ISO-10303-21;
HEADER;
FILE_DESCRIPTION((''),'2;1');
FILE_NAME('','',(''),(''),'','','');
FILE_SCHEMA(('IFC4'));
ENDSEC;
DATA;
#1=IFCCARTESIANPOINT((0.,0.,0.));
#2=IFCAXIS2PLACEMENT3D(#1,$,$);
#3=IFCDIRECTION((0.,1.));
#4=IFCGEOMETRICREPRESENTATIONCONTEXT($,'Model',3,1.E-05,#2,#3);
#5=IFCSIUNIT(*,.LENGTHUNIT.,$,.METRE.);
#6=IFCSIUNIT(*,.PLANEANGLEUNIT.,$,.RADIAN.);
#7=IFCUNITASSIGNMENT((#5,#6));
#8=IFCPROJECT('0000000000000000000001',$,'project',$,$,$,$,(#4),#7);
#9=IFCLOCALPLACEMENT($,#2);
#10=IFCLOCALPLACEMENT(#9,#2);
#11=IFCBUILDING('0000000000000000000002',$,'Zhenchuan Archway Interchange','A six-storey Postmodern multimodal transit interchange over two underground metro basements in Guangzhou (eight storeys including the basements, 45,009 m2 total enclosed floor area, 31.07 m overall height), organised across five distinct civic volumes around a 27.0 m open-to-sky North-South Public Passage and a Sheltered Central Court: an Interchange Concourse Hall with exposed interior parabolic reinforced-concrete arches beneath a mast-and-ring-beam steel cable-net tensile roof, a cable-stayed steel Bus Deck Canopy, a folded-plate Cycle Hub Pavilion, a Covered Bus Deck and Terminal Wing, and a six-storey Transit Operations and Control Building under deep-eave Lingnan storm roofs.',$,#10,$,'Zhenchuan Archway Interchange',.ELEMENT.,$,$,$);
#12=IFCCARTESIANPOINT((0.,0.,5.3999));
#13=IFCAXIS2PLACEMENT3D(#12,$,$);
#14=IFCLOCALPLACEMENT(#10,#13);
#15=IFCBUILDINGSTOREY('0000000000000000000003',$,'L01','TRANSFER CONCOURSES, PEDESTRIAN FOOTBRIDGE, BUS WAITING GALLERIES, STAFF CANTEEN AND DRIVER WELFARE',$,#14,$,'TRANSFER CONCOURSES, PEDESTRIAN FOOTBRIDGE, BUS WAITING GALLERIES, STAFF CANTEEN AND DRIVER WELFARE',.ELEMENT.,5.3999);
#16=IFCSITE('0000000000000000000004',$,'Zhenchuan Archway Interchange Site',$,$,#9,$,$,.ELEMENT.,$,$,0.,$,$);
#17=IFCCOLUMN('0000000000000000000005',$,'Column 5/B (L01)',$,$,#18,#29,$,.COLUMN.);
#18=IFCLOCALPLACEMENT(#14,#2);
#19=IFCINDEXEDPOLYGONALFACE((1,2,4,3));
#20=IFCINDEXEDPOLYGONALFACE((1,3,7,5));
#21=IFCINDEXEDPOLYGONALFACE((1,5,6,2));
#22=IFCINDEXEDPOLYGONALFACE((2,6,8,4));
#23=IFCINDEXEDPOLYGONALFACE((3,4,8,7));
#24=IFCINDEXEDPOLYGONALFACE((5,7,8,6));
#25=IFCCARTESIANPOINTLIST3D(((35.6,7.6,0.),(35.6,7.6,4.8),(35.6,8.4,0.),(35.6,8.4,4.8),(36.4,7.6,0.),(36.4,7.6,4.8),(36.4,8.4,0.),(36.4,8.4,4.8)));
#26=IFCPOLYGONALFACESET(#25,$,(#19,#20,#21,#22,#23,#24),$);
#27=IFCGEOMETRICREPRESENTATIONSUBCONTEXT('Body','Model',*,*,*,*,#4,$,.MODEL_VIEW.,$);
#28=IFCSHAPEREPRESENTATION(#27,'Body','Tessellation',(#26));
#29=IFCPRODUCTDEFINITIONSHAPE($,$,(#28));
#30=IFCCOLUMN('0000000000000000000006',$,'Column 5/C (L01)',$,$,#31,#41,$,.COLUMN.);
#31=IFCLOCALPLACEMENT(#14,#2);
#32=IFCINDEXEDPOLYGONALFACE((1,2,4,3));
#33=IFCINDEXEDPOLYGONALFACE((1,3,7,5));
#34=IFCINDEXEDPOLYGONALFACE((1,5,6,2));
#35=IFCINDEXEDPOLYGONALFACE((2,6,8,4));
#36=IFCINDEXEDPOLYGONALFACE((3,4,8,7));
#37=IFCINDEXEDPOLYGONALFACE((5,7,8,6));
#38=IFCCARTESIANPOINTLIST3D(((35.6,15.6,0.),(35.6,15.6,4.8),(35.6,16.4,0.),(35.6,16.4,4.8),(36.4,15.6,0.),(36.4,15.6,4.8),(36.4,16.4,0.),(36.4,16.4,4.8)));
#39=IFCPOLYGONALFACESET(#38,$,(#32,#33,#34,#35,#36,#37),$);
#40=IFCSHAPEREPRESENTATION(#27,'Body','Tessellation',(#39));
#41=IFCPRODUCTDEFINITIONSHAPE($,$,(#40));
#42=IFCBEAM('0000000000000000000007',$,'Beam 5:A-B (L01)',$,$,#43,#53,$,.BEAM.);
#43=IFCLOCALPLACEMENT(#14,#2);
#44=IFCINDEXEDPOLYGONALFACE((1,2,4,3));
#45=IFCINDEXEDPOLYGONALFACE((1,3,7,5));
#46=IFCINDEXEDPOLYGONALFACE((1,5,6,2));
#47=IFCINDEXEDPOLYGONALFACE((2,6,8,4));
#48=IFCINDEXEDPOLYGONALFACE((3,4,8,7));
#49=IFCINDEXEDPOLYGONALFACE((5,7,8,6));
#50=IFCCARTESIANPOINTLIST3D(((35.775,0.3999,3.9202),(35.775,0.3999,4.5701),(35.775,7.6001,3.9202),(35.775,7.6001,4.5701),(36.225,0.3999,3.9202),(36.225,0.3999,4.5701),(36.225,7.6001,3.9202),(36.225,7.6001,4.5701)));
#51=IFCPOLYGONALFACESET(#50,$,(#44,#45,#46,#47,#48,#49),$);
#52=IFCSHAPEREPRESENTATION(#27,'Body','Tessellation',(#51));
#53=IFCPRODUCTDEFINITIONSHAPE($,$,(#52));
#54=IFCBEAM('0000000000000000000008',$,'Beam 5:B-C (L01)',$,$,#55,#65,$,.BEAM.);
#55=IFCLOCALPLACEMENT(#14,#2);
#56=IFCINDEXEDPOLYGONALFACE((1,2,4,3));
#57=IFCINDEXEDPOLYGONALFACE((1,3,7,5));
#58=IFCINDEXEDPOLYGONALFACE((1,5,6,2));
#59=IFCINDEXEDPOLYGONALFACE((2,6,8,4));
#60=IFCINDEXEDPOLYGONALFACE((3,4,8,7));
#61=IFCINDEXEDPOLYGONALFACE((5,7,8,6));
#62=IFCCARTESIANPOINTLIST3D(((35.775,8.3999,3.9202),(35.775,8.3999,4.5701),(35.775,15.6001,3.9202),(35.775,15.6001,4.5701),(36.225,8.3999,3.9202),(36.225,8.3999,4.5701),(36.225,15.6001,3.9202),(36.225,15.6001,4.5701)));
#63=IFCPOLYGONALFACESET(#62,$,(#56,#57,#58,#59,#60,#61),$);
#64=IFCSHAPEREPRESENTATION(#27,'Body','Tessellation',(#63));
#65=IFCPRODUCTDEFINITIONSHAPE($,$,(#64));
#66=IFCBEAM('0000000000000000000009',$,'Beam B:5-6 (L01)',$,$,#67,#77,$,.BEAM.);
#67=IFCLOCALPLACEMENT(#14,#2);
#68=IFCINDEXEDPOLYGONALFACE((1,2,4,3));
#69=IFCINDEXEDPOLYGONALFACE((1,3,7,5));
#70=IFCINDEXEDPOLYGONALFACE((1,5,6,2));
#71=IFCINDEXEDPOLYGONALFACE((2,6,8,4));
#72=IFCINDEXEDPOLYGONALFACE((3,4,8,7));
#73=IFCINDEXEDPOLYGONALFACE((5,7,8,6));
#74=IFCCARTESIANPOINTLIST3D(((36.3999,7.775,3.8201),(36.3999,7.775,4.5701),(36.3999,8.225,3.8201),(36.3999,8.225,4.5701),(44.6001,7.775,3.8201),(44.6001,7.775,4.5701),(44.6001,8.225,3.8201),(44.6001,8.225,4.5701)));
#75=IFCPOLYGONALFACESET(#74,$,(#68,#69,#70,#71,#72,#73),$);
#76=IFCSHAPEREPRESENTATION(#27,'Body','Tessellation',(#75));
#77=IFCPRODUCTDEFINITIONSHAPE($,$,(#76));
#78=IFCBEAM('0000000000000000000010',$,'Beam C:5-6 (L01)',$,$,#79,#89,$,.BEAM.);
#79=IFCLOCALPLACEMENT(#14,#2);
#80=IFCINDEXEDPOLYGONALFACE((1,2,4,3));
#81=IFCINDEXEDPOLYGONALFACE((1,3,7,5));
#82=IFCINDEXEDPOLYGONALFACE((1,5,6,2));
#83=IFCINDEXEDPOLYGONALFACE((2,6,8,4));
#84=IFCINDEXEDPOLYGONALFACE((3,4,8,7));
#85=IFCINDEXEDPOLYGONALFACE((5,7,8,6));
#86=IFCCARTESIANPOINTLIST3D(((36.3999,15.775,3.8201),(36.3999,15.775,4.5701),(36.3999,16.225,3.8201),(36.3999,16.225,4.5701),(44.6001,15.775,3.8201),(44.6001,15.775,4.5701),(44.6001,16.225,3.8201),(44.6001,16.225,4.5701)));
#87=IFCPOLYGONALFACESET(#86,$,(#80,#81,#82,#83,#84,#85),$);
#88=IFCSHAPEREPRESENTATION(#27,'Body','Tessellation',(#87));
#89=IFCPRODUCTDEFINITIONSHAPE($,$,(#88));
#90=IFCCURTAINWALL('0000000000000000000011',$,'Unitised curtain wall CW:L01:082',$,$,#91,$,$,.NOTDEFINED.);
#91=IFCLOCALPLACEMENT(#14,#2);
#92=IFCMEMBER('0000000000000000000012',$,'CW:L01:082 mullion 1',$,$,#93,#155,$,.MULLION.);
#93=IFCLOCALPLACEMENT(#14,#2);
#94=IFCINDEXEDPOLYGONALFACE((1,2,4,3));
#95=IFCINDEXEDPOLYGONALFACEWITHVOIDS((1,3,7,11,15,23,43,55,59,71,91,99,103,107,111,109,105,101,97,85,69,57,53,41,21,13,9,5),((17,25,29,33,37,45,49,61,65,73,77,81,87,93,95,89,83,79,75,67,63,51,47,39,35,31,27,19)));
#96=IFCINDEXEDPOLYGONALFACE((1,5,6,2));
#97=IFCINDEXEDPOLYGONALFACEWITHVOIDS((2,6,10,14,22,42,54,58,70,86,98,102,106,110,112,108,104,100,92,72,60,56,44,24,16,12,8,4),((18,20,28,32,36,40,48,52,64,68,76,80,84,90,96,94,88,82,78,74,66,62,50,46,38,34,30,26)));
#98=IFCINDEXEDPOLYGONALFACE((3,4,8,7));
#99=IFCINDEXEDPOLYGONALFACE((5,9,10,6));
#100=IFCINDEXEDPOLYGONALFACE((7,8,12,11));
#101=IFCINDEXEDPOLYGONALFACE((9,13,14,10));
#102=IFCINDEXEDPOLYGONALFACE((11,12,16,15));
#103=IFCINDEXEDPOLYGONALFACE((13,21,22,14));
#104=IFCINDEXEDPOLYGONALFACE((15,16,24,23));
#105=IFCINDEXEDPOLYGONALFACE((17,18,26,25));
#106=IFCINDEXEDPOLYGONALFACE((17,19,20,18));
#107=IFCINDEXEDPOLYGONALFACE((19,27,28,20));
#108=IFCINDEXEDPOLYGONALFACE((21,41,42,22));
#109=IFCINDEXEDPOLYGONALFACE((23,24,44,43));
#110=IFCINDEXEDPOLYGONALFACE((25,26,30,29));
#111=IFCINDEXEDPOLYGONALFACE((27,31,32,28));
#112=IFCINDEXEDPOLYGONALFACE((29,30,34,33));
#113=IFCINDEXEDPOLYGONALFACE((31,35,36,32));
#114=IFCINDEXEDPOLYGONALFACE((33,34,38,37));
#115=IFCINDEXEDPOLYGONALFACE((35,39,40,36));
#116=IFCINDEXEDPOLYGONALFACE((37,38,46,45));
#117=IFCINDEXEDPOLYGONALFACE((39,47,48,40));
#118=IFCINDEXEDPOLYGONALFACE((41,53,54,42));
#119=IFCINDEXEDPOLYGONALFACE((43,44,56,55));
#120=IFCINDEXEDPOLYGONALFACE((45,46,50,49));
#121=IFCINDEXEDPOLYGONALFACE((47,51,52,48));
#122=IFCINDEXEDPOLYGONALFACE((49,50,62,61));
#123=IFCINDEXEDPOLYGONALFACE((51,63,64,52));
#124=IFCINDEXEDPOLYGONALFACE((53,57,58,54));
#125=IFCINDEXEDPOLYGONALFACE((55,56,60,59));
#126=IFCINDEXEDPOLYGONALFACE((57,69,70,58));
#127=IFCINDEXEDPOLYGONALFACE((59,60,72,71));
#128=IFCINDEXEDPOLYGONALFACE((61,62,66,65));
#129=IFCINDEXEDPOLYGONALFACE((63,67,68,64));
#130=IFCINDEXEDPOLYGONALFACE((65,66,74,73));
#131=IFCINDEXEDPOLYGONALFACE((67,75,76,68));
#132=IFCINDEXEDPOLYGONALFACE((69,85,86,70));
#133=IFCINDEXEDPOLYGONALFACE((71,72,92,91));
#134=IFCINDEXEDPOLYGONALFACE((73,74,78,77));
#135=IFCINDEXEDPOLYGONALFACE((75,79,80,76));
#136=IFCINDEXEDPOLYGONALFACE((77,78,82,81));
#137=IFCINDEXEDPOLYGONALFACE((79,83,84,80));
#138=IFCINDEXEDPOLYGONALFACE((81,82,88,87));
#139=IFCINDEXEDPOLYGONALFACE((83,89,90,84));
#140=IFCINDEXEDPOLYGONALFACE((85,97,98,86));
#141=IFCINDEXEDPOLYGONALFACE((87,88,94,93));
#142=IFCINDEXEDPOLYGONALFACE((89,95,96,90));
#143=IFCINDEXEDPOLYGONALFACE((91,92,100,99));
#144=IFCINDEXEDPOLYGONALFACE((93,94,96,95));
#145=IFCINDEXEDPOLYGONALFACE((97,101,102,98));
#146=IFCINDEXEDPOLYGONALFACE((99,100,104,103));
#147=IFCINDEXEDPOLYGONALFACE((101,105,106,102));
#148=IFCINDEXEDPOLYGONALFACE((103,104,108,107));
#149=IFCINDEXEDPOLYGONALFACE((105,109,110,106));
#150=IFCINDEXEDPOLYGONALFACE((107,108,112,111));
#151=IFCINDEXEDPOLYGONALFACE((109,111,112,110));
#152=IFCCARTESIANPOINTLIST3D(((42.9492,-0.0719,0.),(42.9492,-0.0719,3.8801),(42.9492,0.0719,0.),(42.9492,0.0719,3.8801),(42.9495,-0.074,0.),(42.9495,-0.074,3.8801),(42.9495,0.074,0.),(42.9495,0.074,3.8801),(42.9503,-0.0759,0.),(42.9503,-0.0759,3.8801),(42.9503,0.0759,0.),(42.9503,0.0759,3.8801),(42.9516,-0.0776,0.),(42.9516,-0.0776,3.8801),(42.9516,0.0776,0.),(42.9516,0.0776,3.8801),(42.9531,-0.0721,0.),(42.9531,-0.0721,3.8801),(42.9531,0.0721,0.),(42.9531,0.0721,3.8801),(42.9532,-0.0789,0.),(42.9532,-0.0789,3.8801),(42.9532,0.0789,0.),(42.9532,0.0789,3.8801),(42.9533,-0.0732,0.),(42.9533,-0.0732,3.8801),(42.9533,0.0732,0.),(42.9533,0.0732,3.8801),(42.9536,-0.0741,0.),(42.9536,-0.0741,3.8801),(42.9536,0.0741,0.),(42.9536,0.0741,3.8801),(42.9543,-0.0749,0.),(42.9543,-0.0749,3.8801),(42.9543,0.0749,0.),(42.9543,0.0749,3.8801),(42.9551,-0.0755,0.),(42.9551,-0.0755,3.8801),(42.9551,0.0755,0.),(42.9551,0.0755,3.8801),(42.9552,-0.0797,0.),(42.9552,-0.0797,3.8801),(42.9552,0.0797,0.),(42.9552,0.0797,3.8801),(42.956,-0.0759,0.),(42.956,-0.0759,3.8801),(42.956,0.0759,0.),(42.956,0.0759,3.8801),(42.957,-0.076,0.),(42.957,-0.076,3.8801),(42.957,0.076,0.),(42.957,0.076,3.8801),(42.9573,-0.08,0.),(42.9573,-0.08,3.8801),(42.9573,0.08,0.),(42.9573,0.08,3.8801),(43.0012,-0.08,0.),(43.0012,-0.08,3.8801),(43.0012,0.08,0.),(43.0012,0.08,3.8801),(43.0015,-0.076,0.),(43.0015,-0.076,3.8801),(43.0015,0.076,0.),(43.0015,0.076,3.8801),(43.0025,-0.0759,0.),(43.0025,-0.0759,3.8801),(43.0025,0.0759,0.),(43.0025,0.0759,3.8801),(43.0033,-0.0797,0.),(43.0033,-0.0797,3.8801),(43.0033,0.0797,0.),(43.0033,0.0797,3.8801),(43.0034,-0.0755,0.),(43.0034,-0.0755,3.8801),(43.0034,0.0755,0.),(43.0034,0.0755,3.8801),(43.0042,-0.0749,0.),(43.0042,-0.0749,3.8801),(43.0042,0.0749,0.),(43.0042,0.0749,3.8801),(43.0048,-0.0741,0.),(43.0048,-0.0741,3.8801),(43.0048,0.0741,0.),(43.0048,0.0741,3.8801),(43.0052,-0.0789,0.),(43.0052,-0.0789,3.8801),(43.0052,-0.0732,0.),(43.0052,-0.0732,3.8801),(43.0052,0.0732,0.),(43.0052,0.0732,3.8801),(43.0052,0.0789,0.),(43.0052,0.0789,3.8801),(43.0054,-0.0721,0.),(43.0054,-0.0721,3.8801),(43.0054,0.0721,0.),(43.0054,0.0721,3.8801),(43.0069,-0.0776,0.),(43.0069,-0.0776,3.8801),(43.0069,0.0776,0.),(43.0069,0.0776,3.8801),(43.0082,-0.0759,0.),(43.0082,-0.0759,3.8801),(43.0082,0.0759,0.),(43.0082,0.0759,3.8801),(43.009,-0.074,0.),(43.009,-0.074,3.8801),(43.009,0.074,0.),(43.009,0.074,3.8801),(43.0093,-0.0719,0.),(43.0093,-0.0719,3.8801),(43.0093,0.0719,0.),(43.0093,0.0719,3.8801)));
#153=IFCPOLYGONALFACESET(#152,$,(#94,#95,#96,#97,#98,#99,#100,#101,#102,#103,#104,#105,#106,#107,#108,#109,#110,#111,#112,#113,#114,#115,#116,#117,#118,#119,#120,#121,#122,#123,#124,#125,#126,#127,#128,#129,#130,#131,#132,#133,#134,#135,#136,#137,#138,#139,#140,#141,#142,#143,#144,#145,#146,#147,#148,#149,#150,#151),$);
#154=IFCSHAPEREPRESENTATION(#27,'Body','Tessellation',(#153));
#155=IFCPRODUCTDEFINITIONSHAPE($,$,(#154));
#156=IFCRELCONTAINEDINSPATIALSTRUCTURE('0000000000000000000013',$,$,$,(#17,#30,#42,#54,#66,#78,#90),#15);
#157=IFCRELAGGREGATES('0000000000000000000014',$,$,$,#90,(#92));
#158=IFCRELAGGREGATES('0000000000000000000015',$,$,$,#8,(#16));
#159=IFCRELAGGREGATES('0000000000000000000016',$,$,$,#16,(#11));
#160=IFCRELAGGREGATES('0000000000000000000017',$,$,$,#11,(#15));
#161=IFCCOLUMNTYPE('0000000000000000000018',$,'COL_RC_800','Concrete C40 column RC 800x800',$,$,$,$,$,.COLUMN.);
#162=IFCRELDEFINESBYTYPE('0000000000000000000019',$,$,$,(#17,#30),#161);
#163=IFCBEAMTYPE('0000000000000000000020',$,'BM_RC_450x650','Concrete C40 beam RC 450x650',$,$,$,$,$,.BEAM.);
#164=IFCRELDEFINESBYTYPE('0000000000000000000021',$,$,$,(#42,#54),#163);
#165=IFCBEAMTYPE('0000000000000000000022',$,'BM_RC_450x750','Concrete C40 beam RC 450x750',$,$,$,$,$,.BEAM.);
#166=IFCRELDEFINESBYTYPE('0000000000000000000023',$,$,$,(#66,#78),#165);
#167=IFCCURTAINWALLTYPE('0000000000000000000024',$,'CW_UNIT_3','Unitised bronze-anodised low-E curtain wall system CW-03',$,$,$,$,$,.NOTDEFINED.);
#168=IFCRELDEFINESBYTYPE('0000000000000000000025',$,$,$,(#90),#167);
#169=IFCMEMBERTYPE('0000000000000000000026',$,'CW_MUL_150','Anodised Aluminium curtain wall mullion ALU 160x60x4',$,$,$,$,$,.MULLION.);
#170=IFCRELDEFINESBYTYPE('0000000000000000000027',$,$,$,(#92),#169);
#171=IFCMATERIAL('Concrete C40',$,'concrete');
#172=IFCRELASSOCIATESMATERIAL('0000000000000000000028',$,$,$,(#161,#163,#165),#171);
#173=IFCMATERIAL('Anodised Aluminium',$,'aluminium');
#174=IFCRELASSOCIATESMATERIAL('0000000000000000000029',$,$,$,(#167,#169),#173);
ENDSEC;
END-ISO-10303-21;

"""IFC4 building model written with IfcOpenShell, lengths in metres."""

from ifc_helpers import new_model, si_unit, direction, frame, origin, origin_2d, place, context, subcontext, project, spatial, rectangle, hollow_rectangle, extrude, material, material_profile, profile_set, type_object, element, aggregate, save


model = new_model("IFC4")

# Units and contexts
model_context = context("Model", 3, precision=1e-05, world=origin(), true_north=direction((0.0, 1.0)))
body_context = subcontext(model_context, "Body", "Model", "MODEL_VIEW")
ifc_project = project(units=[si_unit("LENGTHUNIT", "METRE"), si_unit("PLANEANGLEUNIT", "RADIAN")], contexts=[model_context])

# Site, building, storey
site_placement = place(None, origin())
site = spatial("IfcSite", under=ifc_project, at=site_placement, Name="Zhenchuan Archway Interchange Site", CompositionType="ELEMENT", RefElevation=0.0)
building_placement = place(site_placement, origin())
building = spatial("IfcBuilding", under=site, at=building_placement, Name="Zhenchuan Archway Interchange", Description="A six-storey Postmodern multimodal transit interchange over two underground metro basements in Guangzhou (eight storeys including the basements, 45,009 m2 total enclosed floor area, 31.07 m overall height), organised across five distinct civic volumes around a 27.0 m open-to-sky North-South Public Passage and a Sheltered Central Court: an Interchange Concourse Hall with exposed interior parabolic reinforced-concrete arches beneath a mast-and-ring-beam steel cable-net tensile roof, a cable-stayed steel Bus Deck Canopy, a folded-plate Cycle Hub Pavilion, a Covered Bus Deck and Terminal Wing, and a six-storey Transit Operations and Control Building under deep-eave Lingnan storm roofs.", LongName="Zhenchuan Archway Interchange", CompositionType="ELEMENT")
storey_placement = place(building_placement, frame((0.0, 0.0, 5.3999)))
storey = spatial("IfcBuildingStorey", under=building, at=storey_placement, Name="L01", Description="TRANSFER CONCOURSES, PEDESTRIAN FOOTBRIDGE, BUS WAITING GALLERIES, STAFF CANTEEN AND DRIVER WELFARE", LongName="TRANSFER CONCOURSES, PEDESTRIAN FOOTBRIDGE, BUS WAITING GALLERIES, STAFF CANTEEN AND DRIVER WELFARE", CompositionType="ELEMENT", Elevation=5.3999)

# Columns
ifc_material_1 = material(Name="Concrete C40", Category="concrete")
ifc_material_profile_1 = material_profile(ifc_material_1, rectangle(XDim=0.8, YDim=0.8, at=origin_2d()), Name="RC 800x800")
ifc_profile_set_1 = profile_set([ifc_material_profile_1], Name="Concrete C40")
column_type = type_object("IfcColumnType", Name="COL_RC_800", Description="Concrete C40 column RC 800x800", PredefinedType="COLUMN", material=ifc_profile_set_1)
for number, where, z_axis, x_axis, name in (
    (1, (36.0, 8.0, 0.0), (0.0, 0.0, 1.0), (1.0, 0.0, 0.0), "Column 5/B (L01)"),
    (2, (36.0, 16.0, 0.0), (0.0, 0.0, 1.0), (1.0, 0.0, 0.0), "Column 5/C (L01)"),
):
    element("IfcColumn", number, at=place(storey_placement, frame(where, z_axis=z_axis, x_axis=x_axis)), inside=storey, type_object=column_type, Name=name, PredefinedType="COLUMN", context=body_context, shape_type="SweptSolid", body=[
        extrude(rectangle(XDim=0.8, YDim=0.8, at=origin_2d()), origin(), (0.0, 0.0, 1.0), 4.8),
    ])

# Beams
ifc_material_profile_2 = material_profile(ifc_material_1, rectangle(XDim=0.45, YDim=0.6499, at=origin_2d()), Name="RC 450x650")
ifc_profile_set_2 = profile_set([ifc_material_profile_2], Name="Concrete C40")
beam_type_1 = type_object("IfcBeamType", Name="BM_RC_450x650", Description="Concrete C40 beam RC 450x650", PredefinedType="BEAM", material=ifc_profile_set_2)
for number, where, z_axis, x_axis, name in (
    (3, (36.0, 0.3999, 4.2451), (0.0, 1.0, 0.0), (-1.0, 0.0, 0.0), "Beam 5:A-B (L01)"),
    (4, (36.0, 8.3999, 4.2451), (0.0, 1.0, 0.0), (-1.0, 0.0, 0.0), "Beam 5:B-C (L01)"),
):
    element("IfcBeam", number, at=place(storey_placement, frame(where, z_axis=z_axis, x_axis=x_axis)), inside=storey, type_object=beam_type_1, Name=name, PredefinedType="BEAM", context=body_context, shape_type="SweptSolid", body=[
        extrude(rectangle(XDim=0.45, YDim=0.6499, at=origin_2d()), origin(), (0.0, 0.0, 1.0), 7.2002),
    ])
ifc_material_profile_3 = material_profile(ifc_material_1, rectangle(XDim=0.45, YDim=0.75, at=origin_2d()), Name="RC 450x750")
ifc_profile_set_3 = profile_set([ifc_material_profile_3], Name="Concrete C40")
beam_type_2 = type_object("IfcBeamType", Name="BM_RC_450x750", Description="Concrete C40 beam RC 450x750", PredefinedType="BEAM", material=ifc_profile_set_3)
for number, where, z_axis, x_axis, name in (
    (5, (36.3999, 8.0, 4.1951), (1.0, 0.0, 0.0), (0.0, 1.0, 0.0), "Beam B:5-6 (L01)"),
    (6, (36.3999, 16.0, 4.1951), (1.0, 0.0, 0.0), (0.0, 1.0, 0.0), "Beam C:5-6 (L01)"),
):
    element("IfcBeam", number, at=place(storey_placement, frame(where, z_axis=z_axis, x_axis=x_axis)), inside=storey, type_object=beam_type_2, Name=name, PredefinedType="BEAM", context=body_context, shape_type="SweptSolid", body=[
        extrude(rectangle(XDim=0.45, YDim=0.75, at=origin_2d()), origin(), (0.0, 0.0, 1.0), 8.2002),
    ])

# Curtain wall, member
ifc_material_2 = material(Name="Anodised Aluminium", Category="aluminium")
curtain_wall_type_1 = type_object("IfcCurtainWallType", Name="CW_UNIT_3", Description="Unitised bronze-anodised low-E curtain wall system CW-03", PredefinedType="NOTDEFINED", material=ifc_material_2)
curtain_wall_1_placement = place(storey_placement, origin())
curtain_wall_1 = element("IfcCurtainWall", 7, at=curtain_wall_1_placement, inside=storey, type_object=curtain_wall_type_1, Name="Unitised curtain wall CW:L01:082", PredefinedType="NOTDEFINED")
ifc_material_profile_4 = material_profile(ifc_material_2, hollow_rectangle(XDim=0.0601, YDim=0.1599, WallThickness=0.0039, InnerFilletRadius=0.0039, OuterFilletRadius=0.0081, at=origin_2d()), Name="ALU 160x60x4")
ifc_profile_set_4 = profile_set([ifc_material_profile_4], Name="Anodised Aluminium")
member_type_1 = type_object("IfcMemberType", Name="CW_MUL_150", Description="Anodised Aluminium curtain wall mullion ALU 160x60x4", PredefinedType="MULLION", material=ifc_profile_set_4)
member_1_placement = place(storey_placement, frame((42.9792, 0.0, 0.0), z_axis=(0.0, 0.0, 1.0), x_axis=(1.0, 0.0, 0.0)))
member_1 = element("IfcMember", 8, at=member_1_placement, type_object=member_type_1, Name="CW:L01:082 mullion 1", PredefinedType="MULLION", context=body_context, shape_type="SweptSolid", body=[
    extrude(hollow_rectangle(XDim=0.0601, YDim=0.1599, WallThickness=0.0039, InnerFilletRadius=0.0039, OuterFilletRadius=0.0081, at=origin_2d()), origin(), (0.0, 0.0, 1.0), 3.8801),
])

aggregate(curtain_wall_1, [member_1])

save(model, "model.ifc")
